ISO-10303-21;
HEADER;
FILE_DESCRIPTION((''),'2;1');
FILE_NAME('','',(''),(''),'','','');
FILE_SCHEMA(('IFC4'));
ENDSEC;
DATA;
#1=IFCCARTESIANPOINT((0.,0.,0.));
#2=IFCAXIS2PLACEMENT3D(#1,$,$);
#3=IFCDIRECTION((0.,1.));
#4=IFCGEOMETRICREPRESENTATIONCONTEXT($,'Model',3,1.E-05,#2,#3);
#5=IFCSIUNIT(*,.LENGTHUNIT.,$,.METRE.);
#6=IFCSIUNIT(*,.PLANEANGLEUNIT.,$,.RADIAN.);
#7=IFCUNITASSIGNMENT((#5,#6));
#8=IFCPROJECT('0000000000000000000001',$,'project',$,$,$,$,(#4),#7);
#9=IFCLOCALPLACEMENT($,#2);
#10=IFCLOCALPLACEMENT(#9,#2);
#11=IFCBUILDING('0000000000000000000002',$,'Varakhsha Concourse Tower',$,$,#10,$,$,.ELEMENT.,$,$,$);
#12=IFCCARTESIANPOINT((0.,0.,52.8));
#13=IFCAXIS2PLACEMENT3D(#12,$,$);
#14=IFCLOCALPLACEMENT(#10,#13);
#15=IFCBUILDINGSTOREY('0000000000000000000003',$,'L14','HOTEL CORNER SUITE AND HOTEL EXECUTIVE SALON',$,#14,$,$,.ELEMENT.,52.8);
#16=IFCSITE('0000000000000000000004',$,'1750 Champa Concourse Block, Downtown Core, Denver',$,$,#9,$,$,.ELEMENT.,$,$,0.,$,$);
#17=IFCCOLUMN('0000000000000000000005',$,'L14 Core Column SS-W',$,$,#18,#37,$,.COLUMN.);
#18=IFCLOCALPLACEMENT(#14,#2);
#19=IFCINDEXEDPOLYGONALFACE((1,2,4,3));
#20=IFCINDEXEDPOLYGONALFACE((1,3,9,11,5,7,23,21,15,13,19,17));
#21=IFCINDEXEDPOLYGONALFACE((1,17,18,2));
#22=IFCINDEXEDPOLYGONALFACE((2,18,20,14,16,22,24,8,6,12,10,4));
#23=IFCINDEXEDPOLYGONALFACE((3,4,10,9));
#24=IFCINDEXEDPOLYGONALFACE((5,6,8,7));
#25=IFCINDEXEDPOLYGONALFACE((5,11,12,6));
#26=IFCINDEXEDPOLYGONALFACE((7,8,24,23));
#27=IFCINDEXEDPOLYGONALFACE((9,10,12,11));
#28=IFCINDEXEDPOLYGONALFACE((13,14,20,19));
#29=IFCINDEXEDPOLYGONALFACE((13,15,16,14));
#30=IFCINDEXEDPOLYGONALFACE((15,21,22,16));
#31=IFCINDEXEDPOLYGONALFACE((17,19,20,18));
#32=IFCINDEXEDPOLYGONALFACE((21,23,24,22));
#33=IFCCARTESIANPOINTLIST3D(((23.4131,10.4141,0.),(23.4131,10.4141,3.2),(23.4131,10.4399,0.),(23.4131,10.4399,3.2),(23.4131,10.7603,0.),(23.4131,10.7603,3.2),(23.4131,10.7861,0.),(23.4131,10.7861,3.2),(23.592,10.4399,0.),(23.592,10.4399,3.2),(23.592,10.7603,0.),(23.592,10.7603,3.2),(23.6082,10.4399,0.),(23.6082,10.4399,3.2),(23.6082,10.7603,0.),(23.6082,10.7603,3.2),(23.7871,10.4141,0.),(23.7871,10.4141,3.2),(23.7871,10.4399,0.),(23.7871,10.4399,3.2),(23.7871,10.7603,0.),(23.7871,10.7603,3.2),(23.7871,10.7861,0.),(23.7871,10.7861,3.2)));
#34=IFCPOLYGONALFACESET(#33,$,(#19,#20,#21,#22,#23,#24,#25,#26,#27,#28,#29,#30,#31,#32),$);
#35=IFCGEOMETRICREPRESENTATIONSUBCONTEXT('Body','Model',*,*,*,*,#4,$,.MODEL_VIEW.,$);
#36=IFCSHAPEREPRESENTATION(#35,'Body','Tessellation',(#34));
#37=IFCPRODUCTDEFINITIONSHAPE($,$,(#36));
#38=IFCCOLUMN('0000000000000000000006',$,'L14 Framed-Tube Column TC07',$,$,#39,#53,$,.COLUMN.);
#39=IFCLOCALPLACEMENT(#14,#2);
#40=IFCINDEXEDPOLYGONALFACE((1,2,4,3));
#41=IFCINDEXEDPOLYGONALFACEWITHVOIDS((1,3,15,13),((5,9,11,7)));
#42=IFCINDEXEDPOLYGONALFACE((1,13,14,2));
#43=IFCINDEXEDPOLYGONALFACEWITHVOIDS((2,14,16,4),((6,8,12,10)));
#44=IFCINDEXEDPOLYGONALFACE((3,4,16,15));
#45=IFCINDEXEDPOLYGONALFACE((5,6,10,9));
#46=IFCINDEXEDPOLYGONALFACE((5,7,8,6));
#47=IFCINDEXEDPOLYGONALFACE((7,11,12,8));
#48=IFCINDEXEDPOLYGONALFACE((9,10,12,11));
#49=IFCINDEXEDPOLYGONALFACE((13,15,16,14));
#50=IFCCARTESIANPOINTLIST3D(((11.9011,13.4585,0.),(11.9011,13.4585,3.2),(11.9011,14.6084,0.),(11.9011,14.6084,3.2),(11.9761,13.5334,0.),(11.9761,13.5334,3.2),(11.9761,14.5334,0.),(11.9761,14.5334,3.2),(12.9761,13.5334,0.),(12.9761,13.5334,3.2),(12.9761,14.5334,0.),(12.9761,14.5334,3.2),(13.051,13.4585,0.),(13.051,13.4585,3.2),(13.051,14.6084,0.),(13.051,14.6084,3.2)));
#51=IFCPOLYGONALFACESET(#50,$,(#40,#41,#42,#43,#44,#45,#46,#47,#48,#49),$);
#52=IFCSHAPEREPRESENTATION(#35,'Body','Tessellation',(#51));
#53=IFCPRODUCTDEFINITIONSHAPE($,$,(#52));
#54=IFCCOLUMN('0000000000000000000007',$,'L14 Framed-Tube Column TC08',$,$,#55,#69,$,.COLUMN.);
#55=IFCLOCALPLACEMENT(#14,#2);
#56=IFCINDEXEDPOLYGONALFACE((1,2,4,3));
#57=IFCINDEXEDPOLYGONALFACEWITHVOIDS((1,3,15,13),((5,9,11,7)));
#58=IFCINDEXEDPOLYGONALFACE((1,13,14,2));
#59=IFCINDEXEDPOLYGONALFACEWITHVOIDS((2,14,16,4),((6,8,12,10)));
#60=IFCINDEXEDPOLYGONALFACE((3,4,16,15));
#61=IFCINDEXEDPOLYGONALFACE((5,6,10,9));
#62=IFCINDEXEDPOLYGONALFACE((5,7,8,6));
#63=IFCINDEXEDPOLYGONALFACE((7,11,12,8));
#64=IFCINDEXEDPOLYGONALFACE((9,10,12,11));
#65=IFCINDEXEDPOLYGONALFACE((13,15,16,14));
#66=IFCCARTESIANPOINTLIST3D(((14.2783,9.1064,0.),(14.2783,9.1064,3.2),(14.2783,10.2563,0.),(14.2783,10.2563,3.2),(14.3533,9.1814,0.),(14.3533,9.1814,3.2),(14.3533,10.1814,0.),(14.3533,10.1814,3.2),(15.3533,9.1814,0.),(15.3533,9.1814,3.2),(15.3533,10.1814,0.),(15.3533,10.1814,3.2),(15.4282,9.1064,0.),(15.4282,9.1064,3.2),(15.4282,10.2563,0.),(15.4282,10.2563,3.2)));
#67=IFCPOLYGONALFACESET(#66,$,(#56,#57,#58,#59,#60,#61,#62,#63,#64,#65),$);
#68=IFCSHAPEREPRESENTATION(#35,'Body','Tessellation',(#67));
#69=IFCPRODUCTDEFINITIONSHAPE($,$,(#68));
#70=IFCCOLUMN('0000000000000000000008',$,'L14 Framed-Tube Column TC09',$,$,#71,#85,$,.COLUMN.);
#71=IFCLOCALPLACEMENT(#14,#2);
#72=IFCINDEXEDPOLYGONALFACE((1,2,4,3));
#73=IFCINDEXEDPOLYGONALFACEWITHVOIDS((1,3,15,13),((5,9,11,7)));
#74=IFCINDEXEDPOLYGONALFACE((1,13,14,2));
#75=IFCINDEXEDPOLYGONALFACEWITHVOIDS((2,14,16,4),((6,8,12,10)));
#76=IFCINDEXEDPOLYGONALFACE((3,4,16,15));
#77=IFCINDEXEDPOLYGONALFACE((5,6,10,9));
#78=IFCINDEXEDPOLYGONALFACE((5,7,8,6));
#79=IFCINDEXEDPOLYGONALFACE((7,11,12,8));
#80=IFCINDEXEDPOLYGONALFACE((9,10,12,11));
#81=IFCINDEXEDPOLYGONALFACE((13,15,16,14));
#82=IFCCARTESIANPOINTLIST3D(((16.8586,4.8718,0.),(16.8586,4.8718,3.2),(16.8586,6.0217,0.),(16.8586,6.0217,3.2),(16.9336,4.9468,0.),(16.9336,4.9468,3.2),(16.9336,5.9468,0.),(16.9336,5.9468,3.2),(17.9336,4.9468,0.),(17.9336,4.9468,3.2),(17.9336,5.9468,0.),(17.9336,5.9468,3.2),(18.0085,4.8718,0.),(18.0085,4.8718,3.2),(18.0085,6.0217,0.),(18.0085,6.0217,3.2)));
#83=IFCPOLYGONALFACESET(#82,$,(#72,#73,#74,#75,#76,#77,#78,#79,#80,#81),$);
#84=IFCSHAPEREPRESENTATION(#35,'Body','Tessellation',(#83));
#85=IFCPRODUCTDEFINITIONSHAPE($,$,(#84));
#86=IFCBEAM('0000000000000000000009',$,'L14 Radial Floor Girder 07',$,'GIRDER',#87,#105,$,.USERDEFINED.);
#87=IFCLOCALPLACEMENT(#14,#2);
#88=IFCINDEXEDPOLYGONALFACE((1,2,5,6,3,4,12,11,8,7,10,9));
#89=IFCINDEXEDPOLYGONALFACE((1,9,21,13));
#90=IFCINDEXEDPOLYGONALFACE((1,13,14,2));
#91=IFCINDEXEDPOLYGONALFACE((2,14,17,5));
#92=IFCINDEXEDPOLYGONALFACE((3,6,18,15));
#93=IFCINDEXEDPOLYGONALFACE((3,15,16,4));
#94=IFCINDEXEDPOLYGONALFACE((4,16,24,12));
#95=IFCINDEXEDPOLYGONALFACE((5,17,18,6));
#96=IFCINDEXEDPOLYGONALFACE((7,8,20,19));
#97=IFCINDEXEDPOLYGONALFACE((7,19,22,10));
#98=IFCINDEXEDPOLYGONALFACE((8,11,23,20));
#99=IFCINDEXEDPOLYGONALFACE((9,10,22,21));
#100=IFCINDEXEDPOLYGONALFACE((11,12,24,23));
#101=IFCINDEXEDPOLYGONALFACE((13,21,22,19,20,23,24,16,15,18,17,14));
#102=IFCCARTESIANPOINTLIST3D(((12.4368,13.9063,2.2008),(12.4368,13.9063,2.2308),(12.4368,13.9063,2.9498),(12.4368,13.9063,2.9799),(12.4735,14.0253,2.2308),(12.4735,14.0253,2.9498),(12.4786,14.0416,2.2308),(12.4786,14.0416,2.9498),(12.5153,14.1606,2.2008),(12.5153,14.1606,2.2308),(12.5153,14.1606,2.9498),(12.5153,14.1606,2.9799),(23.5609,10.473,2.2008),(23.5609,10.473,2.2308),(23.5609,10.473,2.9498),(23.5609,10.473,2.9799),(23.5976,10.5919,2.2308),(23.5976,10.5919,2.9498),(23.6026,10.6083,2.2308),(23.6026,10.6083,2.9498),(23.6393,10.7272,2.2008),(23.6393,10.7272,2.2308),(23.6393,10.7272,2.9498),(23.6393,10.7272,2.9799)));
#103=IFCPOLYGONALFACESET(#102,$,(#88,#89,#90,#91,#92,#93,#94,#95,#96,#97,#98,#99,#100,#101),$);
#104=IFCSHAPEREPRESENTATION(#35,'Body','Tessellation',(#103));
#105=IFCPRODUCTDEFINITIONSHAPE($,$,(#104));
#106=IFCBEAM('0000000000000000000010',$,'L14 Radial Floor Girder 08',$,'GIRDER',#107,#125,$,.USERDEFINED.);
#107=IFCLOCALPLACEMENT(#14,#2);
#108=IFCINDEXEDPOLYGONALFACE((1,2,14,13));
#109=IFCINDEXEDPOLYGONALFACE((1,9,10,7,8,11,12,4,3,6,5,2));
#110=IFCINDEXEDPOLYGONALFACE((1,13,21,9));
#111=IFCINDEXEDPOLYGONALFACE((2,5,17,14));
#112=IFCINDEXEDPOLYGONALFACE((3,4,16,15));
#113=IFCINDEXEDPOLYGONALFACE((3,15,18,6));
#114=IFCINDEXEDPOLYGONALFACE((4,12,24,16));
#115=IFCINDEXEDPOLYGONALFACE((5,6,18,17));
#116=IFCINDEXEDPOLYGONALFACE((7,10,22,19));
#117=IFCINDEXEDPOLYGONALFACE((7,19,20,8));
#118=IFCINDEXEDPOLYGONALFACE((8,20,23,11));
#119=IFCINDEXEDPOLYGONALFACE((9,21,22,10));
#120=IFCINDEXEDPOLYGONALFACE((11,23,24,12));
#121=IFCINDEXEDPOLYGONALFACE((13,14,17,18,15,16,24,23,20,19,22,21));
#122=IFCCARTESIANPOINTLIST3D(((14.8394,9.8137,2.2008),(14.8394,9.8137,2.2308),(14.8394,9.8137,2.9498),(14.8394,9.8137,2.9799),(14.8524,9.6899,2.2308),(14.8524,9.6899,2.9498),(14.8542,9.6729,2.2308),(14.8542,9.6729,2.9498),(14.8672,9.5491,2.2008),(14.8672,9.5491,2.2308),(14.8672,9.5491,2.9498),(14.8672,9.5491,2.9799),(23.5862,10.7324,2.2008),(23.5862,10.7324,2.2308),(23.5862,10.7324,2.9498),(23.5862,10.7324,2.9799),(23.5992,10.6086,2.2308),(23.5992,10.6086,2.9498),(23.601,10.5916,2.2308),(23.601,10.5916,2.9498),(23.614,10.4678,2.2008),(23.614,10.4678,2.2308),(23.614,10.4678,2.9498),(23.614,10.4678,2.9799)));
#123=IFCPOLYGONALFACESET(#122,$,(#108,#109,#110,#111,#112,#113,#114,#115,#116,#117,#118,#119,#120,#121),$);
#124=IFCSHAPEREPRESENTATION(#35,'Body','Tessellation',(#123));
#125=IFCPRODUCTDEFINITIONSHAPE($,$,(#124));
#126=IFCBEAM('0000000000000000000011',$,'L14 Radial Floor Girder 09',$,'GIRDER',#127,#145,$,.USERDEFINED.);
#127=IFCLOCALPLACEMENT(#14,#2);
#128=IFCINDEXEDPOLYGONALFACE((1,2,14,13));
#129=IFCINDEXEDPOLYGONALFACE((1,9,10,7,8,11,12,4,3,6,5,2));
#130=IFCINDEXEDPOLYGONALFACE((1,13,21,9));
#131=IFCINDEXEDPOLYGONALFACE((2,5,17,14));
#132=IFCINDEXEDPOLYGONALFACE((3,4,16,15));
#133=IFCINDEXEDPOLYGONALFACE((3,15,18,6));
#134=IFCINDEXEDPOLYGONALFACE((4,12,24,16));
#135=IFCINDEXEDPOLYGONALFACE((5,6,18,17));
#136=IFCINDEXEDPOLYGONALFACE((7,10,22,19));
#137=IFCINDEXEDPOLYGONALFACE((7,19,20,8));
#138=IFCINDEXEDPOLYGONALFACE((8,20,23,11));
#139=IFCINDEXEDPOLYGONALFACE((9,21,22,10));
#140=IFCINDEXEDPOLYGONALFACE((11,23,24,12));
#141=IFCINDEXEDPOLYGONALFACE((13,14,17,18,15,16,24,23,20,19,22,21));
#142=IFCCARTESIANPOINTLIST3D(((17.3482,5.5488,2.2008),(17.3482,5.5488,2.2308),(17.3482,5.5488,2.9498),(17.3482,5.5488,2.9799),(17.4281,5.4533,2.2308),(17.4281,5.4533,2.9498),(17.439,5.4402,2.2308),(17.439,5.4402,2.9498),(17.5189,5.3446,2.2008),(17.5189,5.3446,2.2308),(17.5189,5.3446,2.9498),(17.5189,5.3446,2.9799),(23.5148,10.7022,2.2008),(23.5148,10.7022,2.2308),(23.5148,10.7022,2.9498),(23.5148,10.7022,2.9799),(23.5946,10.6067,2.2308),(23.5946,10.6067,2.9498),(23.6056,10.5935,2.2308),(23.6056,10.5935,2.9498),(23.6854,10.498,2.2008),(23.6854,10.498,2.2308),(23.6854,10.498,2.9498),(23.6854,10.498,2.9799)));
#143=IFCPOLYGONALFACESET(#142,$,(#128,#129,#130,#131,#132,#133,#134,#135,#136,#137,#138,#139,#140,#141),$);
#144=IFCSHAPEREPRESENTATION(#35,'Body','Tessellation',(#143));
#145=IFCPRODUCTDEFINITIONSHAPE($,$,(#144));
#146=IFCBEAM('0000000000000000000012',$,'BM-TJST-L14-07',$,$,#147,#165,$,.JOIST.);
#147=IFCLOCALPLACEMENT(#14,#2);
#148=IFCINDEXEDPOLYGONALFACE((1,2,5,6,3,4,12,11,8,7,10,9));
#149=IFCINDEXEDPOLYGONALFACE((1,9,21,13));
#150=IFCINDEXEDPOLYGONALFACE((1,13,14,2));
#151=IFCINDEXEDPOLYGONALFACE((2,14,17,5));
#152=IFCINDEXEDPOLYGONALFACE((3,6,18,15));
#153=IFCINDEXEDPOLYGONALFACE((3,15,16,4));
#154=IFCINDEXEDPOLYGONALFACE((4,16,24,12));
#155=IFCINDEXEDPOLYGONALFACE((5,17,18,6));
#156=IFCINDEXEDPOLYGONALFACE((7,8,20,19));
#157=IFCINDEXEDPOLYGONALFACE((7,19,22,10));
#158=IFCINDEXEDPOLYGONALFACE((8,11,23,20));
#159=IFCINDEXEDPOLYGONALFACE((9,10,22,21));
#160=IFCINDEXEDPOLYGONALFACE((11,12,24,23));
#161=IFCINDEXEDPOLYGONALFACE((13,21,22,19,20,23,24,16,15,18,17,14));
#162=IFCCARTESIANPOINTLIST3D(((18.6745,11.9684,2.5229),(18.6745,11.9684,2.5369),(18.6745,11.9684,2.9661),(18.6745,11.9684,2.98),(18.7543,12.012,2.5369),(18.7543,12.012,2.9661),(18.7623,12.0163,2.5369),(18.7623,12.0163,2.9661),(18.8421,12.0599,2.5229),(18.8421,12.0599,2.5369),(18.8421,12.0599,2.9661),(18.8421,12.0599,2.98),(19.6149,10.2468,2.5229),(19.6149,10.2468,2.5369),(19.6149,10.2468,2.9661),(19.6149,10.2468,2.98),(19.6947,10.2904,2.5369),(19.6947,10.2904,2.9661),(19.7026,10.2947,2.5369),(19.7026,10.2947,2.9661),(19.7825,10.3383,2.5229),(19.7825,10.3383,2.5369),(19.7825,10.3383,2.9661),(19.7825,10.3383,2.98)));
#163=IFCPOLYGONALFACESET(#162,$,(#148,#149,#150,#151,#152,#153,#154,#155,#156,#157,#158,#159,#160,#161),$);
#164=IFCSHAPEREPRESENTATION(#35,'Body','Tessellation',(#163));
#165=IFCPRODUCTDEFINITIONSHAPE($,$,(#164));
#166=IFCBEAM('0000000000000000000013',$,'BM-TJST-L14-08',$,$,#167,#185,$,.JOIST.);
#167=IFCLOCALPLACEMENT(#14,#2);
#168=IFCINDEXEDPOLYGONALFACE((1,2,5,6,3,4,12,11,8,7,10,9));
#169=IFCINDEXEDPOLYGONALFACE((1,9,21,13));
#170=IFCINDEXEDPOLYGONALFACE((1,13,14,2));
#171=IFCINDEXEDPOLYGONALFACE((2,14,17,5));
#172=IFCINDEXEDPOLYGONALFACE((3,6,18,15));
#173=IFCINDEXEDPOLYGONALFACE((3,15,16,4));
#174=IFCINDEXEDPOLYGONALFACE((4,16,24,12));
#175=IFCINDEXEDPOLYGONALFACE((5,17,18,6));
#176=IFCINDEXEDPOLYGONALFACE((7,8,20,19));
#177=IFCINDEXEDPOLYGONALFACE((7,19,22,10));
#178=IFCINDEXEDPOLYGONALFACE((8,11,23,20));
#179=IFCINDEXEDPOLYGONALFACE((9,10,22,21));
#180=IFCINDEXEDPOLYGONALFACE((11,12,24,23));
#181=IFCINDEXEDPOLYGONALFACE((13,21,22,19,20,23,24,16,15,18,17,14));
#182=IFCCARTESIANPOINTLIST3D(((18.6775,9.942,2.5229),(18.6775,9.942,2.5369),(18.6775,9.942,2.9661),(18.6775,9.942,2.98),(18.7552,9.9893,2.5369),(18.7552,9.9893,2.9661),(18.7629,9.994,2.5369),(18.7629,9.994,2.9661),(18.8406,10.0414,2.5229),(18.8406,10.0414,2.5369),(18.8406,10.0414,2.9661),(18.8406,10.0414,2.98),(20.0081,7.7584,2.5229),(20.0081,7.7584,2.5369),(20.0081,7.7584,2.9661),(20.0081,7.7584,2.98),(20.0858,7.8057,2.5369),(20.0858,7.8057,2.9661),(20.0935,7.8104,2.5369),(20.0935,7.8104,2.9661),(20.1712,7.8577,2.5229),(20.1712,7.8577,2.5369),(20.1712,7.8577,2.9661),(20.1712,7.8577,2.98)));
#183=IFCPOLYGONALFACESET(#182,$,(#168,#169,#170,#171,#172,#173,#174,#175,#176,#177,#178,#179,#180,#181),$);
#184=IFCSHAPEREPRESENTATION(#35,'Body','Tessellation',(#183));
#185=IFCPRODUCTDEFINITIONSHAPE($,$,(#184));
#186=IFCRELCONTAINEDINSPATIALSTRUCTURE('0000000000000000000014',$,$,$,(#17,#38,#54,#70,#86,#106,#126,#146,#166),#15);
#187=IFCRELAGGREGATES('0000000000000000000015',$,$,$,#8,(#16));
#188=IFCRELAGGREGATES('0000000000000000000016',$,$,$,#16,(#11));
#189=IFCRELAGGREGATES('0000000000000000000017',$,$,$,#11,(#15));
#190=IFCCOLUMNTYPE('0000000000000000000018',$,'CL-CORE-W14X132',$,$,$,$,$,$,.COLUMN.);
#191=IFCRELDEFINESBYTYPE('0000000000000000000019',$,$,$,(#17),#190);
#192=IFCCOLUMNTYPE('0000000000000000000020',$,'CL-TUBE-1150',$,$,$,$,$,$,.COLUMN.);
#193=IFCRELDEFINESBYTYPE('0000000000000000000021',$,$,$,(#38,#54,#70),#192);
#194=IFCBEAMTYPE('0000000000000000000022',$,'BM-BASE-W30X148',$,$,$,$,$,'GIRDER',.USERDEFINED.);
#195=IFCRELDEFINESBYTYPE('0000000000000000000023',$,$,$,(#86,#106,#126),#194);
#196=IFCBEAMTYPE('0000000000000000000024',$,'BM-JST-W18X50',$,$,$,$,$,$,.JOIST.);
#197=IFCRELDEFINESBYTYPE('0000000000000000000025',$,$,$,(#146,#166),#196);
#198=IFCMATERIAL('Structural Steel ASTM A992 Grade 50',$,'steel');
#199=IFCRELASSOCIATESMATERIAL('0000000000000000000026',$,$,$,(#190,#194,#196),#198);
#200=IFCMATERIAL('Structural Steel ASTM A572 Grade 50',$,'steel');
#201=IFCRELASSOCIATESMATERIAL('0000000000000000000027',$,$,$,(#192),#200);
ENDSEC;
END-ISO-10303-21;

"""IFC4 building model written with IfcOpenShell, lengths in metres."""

from ifc_helpers import new_model, si_unit, direction, frame, origin, origin_2d, place, context, subcontext, project, spatial, hollow_rectangle, i_section, extrude, material, material_profile, profile_set, type_object, element, save


model = new_model("IFC4")

# Units and contexts
model_context = context("Model", 3, precision=1e-05, world=origin(), true_north=direction((0.0, 1.0)))
body_context = subcontext(model_context, "Body", "Model", "MODEL_VIEW")
ifc_project = project(units=[si_unit("LENGTHUNIT", "METRE"), si_unit("PLANEANGLEUNIT", "RADIAN")], contexts=[model_context])

# Site, building, storey
site_placement = place(None, origin())
site = spatial("IfcSite", under=ifc_project, at=site_placement, Name="1750 Champa Concourse Block, Downtown Core, Denver", CompositionType="ELEMENT", RefElevation=0.0)
building_placement = place(site_placement, origin())
building = spatial("IfcBuilding", under=site, at=building_placement, Name="Varakhsha Concourse Tower", CompositionType="ELEMENT")
storey_placement = place(building_placement, frame((0.0, 0.0, 52.8)))
storey = spatial("IfcBuildingStorey", under=building, at=storey_placement, Name="L14", Description="HOTEL CORNER SUITE AND HOTEL EXECUTIVE SALON", CompositionType="ELEMENT", Elevation=52.8)

# Columns
ifc_material_1 = material(Name="Structural Steel ASTM A992 Grade 50", Category="steel")
ifc_material_profile_1 = material_profile(ifc_material_1, i_section(OverallWidth=0.374, OverallDepth=0.3721, WebThickness=0.0161, FlangeThickness=0.0259, at=origin_2d()), Name="W14X132")
ifc_profile_set_1 = profile_set([ifc_material_profile_1], Name="Structural Steel ASTM A992 Grade 50")
column_type_1 = type_object("IfcColumnType", Name="CL-CORE-W14X132", PredefinedType="COLUMN", material=ifc_profile_set_1)
column_placement = place(storey_placement, frame((23.6001, 10.6001, 0.0), z_axis=(0.0, 0.0, 1.0), x_axis=(1.0, 0.0, 0.0)))
element("IfcColumn", 1, at=column_placement, inside=storey, type_object=column_type_1, Name="L14 Core Column SS-W", PredefinedType="COLUMN", context=body_context, shape_type="SweptSolid", body=[
    extrude(i_section(OverallWidth=0.374, OverallDepth=0.3721, WebThickness=0.0161, FlangeThickness=0.0259, at=origin_2d()), origin(), (0.0, 0.0, 1.0), 3.2),
])
ifc_material_2 = material(Name="Structural Steel ASTM A572 Grade 50", Category="steel")
ifc_material_profile_2 = material_profile(ifc_material_2, hollow_rectangle(XDim=1.1499, YDim=1.1499, WallThickness=0.075, at=origin_2d()), Name="BOX 1150x1150x75")
ifc_profile_set_2 = profile_set([ifc_material_profile_2], Name="Structural Steel ASTM A572 Grade 50")
column_type_2 = type_object("IfcColumnType", Name="CL-TUBE-1150", PredefinedType="COLUMN", material=ifc_profile_set_2)
for number, where, z_axis, x_axis, name in (
    (2, (12.4761, 14.0334, 0.0), (0.0, 0.0, 1.0), (1.0, 0.0, 0.0), "L14 Framed-Tube Column TC07"),
    (3, (14.8533, 9.6814, 0.0), (0.0, 0.0, 1.0), (1.0, 0.0, 0.0), "L14 Framed-Tube Column TC08"),
    (4, (17.4336, 5.4468, 0.0), (0.0, 0.0, 1.0), (1.0, 0.0, 0.0), "L14 Framed-Tube Column TC09"),
):
    element("IfcColumn", number, at=place(storey_placement, frame(where, z_axis=z_axis, x_axis=x_axis)), inside=storey, type_object=column_type_2, Name=name, PredefinedType="COLUMN", context=body_context, shape_type="SweptSolid", body=[
        extrude(hollow_rectangle(XDim=1.1499, YDim=1.1499, WallThickness=0.075, at=origin_2d()), origin(), (0.0, 0.0, 1.0), 3.2),
    ])

# Beams
ifc_material_profile_3 = material_profile(ifc_material_1, i_section(OverallWidth=0.2661, OverallDepth=0.7791, WebThickness=0.0171, FlangeThickness=0.03, at=origin_2d()), Name="W30X148")
ifc_profile_set_3 = profile_set([ifc_material_profile_3], Name="Structural Steel ASTM A992 Grade 50")
beam_type_1 = type_object("IfcBeamType", Name="BM-BASE-W30X148", ElementType="GIRDER", PredefinedType="USERDEFINED", material=ifc_profile_set_3)
beam_1_placement = place(storey_placement, frame((23.6001, 10.6001, 2.5903), z_axis=(-0.955523, 0.294915, 0.0), x_axis=(-0.294915, -0.955523, 0.0)))
element("IfcBeam", 5, at=beam_1_placement, inside=storey, type_object=beam_type_1, Name="L14 Radial Floor Girder 07", ObjectType="GIRDER", PredefinedType="USERDEFINED", context=body_context, shape_type="SweptSolid", body=[
    extrude(i_section(OverallWidth=0.2661, OverallDepth=0.7791, WebThickness=0.0171, FlangeThickness=0.03, at=origin_2d()), origin(), (0.0, 0.0, 1.0), 11.6418),
])
beam_2_placement = place(storey_placement, frame((23.6001, 10.6001, 2.5903), z_axis=(-0.994529, -0.104458, 0.0), x_axis=(0.104458, -0.994529, 0.0)))
element("IfcBeam", 6, at=beam_2_placement, inside=storey, type_object=beam_type_1, Name="L14 Radial Floor Girder 08", ObjectType="GIRDER", PredefinedType="USERDEFINED", context=body_context, shape_type="SweptSolid", body=[
    extrude(i_section(OverallWidth=0.2661, OverallDepth=0.7791, WebThickness=0.0171, FlangeThickness=0.03, at=origin_2d()), origin(), (0.0, 0.0, 1.0), 8.7949),
])
beam_3_placement = place(storey_placement, frame((23.6001, 10.6001, 2.5903), z_axis=(-0.767329, -0.641254, 0.0), x_axis=(0.641254, -0.767329, 0.0)))
element("IfcBeam", 7, at=beam_3_placement, inside=storey, type_object=beam_type_1, Name="L14 Radial Floor Girder 09", ObjectType="GIRDER", PredefinedType="USERDEFINED", context=body_context, shape_type="SweptSolid", body=[
    extrude(i_section(OverallWidth=0.2661, OverallDepth=0.7791, WebThickness=0.0171, FlangeThickness=0.03, at=origin_2d()), origin(), (0.0, 0.0, 1.0), 8.0364),
])
ifc_material_profile_4 = material_profile(ifc_material_1, i_section(OverallWidth=0.1909, OverallDepth=0.457, WebThickness=0.009, FlangeThickness=0.0139, at=origin_2d()), Name="W18X50")
ifc_profile_set_4 = profile_set([ifc_material_profile_4], Name="Structural Steel ASTM A992 Grade 50")
beam_type_2 = type_object("IfcBeamType", Name="BM-JST-W18X50", PredefinedType="JOIST", material=ifc_profile_set_4)
beam_4_placement = place(storey_placement, frame((18.7583, 12.0142, 2.7515), z_axis=(0.479375, -0.87761, 0.0), x_axis=(0.87761, 0.479375, 0.0)))
element("IfcBeam", 8, at=beam_4_placement, inside=storey, type_object=beam_type_2, Name="BM-TJST-L14-07", PredefinedType="JOIST", context=body_context, shape_type="SweptSolid", body=[
    extrude(i_section(OverallWidth=0.1909, OverallDepth=0.457, WebThickness=0.009, FlangeThickness=0.0139, at=origin_2d()), origin(), (0.0, 0.0, 1.0), 1.9617),
])
beam_5_placement = place(storey_placement, frame((18.759, 9.9917, 2.7515), z_axis=(0.520353, -0.853951, 0.0), x_axis=(0.853951, 0.520353, 0.0)))
element("IfcBeam", 9, at=beam_5_placement, inside=storey, type_object=beam_type_2, Name="BM-TJST-L14-08", PredefinedType="JOIST", context=body_context, shape_type="SweptSolid", body=[
    extrude(i_section(OverallWidth=0.1909, OverallDepth=0.457, WebThickness=0.009, FlangeThickness=0.0139, at=origin_2d()), origin(), (0.0, 0.0, 1.0), 2.5571),
])

save(model, "model.ifc")
